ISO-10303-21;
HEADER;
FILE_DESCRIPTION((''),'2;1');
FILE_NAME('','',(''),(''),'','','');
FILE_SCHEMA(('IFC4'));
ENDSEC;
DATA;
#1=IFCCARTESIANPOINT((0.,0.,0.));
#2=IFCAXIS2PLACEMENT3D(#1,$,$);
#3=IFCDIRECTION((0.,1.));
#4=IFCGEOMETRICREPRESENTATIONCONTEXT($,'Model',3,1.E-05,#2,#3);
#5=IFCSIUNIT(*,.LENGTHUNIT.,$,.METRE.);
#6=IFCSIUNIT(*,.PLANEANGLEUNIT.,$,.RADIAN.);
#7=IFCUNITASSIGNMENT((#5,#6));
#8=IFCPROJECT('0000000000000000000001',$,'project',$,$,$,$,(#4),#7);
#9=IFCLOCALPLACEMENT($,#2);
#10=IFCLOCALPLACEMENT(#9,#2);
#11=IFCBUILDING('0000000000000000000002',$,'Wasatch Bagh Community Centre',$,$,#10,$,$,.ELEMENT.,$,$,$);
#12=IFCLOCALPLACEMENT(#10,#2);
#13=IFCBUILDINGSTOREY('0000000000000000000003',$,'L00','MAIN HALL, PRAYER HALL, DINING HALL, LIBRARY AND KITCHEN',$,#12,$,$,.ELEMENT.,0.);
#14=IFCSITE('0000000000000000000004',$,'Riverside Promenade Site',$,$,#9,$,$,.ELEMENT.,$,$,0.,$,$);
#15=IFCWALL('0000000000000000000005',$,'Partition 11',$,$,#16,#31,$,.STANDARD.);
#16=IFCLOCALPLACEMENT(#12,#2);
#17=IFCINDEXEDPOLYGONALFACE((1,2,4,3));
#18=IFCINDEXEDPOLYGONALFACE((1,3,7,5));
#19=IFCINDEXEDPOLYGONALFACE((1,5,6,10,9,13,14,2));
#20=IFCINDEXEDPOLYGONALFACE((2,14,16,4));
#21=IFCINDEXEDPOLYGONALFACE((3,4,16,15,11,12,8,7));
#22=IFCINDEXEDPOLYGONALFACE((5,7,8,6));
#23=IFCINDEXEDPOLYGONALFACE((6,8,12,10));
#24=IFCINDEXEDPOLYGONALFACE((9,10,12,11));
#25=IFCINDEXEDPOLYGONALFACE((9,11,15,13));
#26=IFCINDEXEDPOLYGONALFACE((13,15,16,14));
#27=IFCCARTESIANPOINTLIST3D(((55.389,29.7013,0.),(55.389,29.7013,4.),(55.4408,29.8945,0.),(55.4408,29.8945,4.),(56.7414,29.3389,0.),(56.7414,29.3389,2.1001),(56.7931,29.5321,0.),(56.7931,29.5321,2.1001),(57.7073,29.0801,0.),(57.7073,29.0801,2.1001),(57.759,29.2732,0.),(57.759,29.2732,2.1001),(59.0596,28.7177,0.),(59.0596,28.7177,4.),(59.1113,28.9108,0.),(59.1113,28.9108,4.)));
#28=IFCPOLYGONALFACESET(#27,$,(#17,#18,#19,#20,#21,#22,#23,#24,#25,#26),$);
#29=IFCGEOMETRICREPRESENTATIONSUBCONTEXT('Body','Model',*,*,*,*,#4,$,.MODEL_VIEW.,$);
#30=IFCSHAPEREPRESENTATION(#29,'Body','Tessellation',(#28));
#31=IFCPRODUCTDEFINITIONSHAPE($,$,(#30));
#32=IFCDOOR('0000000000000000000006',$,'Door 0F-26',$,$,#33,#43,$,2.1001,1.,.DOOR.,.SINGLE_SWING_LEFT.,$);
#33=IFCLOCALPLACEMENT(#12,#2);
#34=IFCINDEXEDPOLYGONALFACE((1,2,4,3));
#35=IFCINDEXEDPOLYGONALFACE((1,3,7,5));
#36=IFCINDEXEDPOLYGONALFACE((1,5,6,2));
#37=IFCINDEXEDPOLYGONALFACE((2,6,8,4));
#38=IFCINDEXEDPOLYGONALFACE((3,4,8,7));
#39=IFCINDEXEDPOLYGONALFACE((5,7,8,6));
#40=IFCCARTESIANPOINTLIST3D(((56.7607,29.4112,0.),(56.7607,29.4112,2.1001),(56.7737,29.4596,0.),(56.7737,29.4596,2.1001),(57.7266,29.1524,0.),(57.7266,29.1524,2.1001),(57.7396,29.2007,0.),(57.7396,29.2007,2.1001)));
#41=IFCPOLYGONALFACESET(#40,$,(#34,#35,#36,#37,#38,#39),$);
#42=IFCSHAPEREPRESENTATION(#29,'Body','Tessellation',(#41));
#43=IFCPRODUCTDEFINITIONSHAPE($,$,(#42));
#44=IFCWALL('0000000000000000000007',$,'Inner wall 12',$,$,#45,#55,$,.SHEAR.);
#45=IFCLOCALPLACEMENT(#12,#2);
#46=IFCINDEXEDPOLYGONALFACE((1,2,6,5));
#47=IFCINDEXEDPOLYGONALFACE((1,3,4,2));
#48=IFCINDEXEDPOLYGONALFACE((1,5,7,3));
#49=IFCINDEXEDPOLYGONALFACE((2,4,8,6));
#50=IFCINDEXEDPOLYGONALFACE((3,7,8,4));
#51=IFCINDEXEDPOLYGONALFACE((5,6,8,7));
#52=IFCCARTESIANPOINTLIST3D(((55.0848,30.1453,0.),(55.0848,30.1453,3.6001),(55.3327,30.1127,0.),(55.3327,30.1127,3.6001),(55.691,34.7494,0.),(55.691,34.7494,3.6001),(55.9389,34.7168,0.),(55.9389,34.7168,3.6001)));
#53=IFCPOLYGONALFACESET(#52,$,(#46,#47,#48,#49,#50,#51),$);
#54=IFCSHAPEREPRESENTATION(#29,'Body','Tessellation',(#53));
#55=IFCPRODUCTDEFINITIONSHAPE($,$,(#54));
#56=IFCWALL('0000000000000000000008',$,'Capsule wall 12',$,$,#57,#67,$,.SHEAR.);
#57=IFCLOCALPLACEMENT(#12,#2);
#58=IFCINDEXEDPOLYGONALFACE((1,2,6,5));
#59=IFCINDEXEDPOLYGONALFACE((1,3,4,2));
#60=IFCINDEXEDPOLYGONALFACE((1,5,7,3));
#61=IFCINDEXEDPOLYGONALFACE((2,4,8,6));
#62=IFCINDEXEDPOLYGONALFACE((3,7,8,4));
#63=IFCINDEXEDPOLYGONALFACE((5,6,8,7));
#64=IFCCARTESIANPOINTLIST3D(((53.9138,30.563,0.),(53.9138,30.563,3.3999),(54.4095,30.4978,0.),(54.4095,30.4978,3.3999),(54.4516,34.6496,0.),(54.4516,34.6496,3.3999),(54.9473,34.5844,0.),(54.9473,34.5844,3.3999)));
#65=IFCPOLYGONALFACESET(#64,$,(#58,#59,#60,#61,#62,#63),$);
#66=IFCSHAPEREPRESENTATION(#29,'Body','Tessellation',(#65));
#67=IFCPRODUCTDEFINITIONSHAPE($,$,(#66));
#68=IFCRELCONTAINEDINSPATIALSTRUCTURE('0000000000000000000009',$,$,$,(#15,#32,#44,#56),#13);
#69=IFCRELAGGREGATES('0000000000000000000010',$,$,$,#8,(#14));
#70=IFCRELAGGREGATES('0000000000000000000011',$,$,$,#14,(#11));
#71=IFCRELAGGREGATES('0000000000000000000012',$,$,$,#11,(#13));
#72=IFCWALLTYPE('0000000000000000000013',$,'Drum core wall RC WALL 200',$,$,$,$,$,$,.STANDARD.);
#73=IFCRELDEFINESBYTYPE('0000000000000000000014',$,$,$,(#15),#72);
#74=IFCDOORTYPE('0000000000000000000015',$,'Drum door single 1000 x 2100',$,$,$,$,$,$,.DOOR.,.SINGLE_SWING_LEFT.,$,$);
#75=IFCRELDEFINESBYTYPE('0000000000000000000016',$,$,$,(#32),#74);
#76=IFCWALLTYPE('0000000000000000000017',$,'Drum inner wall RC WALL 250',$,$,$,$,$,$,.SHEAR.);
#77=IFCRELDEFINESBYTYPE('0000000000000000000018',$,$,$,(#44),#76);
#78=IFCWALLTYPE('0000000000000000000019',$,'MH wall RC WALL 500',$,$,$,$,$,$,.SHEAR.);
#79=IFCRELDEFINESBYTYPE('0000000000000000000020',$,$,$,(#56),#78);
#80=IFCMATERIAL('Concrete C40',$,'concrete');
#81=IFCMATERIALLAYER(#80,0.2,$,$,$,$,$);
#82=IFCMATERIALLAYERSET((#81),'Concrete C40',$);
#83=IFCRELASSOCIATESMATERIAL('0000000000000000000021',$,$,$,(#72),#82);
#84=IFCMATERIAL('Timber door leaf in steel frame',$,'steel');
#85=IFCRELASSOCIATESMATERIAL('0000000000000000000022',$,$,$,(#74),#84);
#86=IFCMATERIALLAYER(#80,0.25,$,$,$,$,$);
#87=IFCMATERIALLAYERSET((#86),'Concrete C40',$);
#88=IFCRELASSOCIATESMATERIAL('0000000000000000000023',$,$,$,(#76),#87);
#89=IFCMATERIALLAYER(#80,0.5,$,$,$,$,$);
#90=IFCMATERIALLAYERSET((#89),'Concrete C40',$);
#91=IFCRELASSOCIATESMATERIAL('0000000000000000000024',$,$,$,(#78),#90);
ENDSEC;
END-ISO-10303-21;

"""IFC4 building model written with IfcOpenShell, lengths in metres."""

from ifc_helpers import new_model, si_unit, direction, frame, frame_2d, origin, place, context, subcontext, project, spatial, rectangle, extrude, material, layer, layer_set, type_object, element, fill, save


model = new_model("IFC4")

# Units and contexts
model_context = context("Model", 3, precision=1e-05, world=origin(), true_north=direction((0.0, 1.0)))
body_context = subcontext(model_context, "Body", "Model", "MODEL_VIEW")
ifc_project = project(units=[si_unit("LENGTHUNIT", "METRE"), si_unit("PLANEANGLEUNIT", "RADIAN")], contexts=[model_context])

# Site, building, storey
site_placement = place(None, origin())
site = spatial("IfcSite", under=ifc_project, at=site_placement, Name="Riverside Promenade Site", CompositionType="ELEMENT", RefElevation=0.0)
building_placement = place(site_placement, origin())
building = spatial("IfcBuilding", under=site, at=building_placement, Name="Wasatch Bagh Community Centre", CompositionType="ELEMENT")
storey_placement = place(building_placement, origin())
storey = spatial("IfcBuildingStorey", under=building, at=storey_placement, Name="L00", Description="MAIN HALL, PRAYER HALL, DINING HALL, LIBRARY AND KITCHEN", CompositionType="ELEMENT", Elevation=0.0)

# Shared definitions
ifc_material_1 = material(Name="Concrete C40", Category="concrete")

# Wall, opening, door
ifc_layer_1 = layer(ifc_material_1, 0.2)
ifc_layer_set_1 = layer_set([ifc_layer_1], Name="Concrete C40")
wall_type_1 = type_object("IfcWallType", Name="Drum core wall RC WALL 200", PredefinedType="STANDARD", material=ifc_layer_set_1)
wall_1_placement = place(storey_placement, frame((55.415, 29.7979, 0.0), z_axis=(0.0, 0.0, 1.0), x_axis=(0.96592, -0.258842, 0.0)))
wall_1 = element("IfcWall", 1, at=wall_1_placement, inside=storey, type_object=wall_type_1, Name="Partition 11", PredefinedType="STANDARD", context=body_context, shape_type="SweptSolid", body=[
    extrude(rectangle(XDim=3.8, YDim=0.2, at=frame_2d((1.8999, 0.0))), origin(), (0.0, 0.0, 1.0), 4.0),
])
opening_1_placement = place(wall_1_placement, frame((1.3999, 0.0, 0.0)))
opening_1 = element("IfcOpeningElement", 2, at=opening_1_placement, cuts=wall_1, PredefinedType="OPENING", context=body_context, shape_type="SweptSolid", body=[
    extrude(rectangle(XDim=1.0, YDim=2.1001, at=frame_2d((0.5, 1.05))), frame((0.0, 0.1099, 0.0), z_axis=(0.0, -1.0, 0.0), x_axis=(1.0, 0.0, 0.0)), (0.0, 0.0, 1.0), 0.22),
])
ifc_material_2 = material(Name="Timber door leaf in steel frame", Category="steel")
door_type_1 = type_object("IfcDoorType", Name="Drum door single 1000 x 2100", OperationType="SINGLE_SWING_LEFT", PredefinedType="DOOR", material=ifc_material_2)
door_1_placement = place(opening_1_placement, origin())
door_1 = element("IfcDoor", 3, at=door_1_placement, inside=storey, type_object=door_type_1, Name="Door 0F-26", OperationType="SINGLE_SWING_LEFT", OverallHeight=2.1001, OverallWidth=1.0, PredefinedType="DOOR", context=body_context, shape_type="SweptSolid", body=[
    extrude(rectangle(XDim=1.0, YDim=2.1001, at=frame_2d((0.5, 1.05))), frame((0.0, 0.0249, 0.0), z_axis=(0.0, -1.0, 0.0), x_axis=(1.0, 0.0, 0.0)), (0.0, 0.0, 1.0), 0.05),
])
fill(opening_1, door_1)

# Walls
ifc_layer_2 = layer(ifc_material_1, 0.25)
ifc_layer_set_2 = layer_set([ifc_layer_2], Name="Concrete C40")
wall_type_2 = type_object("IfcWallType", Name="Drum inner wall RC WALL 250", PredefinedType="SHEAR", material=ifc_layer_set_2)
wall_2_placement = place(storey_placement, frame((55.2087, 30.1292, 0.0), z_axis=(0.0, 0.0, 1.0), x_axis=(0.130542, 0.991443, 0.0)))
element("IfcWall", 4, at=wall_2_placement, inside=storey, type_object=wall_type_2, Name="Inner wall 12", PredefinedType="SHEAR", context=body_context, shape_type="SweptSolid", body=[
    extrude(rectangle(XDim=4.6438, YDim=0.25, at=frame_2d((2.3218, 0.0))), origin(), (0.0, 0.0, 1.0), 3.6001),
])
ifc_layer_3 = layer(ifc_material_1, 0.5)
ifc_layer_set_3 = layer_set([ifc_layer_3], Name="Concrete C40")
wall_type_3 = type_object("IfcWallType", Name="MH wall RC WALL 500", PredefinedType="SHEAR", material=ifc_layer_set_3)
wall_3_placement = place(storey_placement, frame((54.1616, 30.5303, 0.0), z_axis=(0.0, 0.0, 1.0), x_axis=(0.130484, 0.99145, 0.0)))
element("IfcWall", 5, at=wall_3_placement, inside=storey, type_object=wall_type_3, Name="Capsule wall 12", PredefinedType="SHEAR", context=body_context, shape_type="SweptSolid", body=[
    extrude(rectangle(XDim=4.1218, YDim=0.5, at=frame_2d((2.061, 0.0))), origin(), (0.0, 0.0, 1.0), 3.3999),
])

save(model, "model.ifc")
